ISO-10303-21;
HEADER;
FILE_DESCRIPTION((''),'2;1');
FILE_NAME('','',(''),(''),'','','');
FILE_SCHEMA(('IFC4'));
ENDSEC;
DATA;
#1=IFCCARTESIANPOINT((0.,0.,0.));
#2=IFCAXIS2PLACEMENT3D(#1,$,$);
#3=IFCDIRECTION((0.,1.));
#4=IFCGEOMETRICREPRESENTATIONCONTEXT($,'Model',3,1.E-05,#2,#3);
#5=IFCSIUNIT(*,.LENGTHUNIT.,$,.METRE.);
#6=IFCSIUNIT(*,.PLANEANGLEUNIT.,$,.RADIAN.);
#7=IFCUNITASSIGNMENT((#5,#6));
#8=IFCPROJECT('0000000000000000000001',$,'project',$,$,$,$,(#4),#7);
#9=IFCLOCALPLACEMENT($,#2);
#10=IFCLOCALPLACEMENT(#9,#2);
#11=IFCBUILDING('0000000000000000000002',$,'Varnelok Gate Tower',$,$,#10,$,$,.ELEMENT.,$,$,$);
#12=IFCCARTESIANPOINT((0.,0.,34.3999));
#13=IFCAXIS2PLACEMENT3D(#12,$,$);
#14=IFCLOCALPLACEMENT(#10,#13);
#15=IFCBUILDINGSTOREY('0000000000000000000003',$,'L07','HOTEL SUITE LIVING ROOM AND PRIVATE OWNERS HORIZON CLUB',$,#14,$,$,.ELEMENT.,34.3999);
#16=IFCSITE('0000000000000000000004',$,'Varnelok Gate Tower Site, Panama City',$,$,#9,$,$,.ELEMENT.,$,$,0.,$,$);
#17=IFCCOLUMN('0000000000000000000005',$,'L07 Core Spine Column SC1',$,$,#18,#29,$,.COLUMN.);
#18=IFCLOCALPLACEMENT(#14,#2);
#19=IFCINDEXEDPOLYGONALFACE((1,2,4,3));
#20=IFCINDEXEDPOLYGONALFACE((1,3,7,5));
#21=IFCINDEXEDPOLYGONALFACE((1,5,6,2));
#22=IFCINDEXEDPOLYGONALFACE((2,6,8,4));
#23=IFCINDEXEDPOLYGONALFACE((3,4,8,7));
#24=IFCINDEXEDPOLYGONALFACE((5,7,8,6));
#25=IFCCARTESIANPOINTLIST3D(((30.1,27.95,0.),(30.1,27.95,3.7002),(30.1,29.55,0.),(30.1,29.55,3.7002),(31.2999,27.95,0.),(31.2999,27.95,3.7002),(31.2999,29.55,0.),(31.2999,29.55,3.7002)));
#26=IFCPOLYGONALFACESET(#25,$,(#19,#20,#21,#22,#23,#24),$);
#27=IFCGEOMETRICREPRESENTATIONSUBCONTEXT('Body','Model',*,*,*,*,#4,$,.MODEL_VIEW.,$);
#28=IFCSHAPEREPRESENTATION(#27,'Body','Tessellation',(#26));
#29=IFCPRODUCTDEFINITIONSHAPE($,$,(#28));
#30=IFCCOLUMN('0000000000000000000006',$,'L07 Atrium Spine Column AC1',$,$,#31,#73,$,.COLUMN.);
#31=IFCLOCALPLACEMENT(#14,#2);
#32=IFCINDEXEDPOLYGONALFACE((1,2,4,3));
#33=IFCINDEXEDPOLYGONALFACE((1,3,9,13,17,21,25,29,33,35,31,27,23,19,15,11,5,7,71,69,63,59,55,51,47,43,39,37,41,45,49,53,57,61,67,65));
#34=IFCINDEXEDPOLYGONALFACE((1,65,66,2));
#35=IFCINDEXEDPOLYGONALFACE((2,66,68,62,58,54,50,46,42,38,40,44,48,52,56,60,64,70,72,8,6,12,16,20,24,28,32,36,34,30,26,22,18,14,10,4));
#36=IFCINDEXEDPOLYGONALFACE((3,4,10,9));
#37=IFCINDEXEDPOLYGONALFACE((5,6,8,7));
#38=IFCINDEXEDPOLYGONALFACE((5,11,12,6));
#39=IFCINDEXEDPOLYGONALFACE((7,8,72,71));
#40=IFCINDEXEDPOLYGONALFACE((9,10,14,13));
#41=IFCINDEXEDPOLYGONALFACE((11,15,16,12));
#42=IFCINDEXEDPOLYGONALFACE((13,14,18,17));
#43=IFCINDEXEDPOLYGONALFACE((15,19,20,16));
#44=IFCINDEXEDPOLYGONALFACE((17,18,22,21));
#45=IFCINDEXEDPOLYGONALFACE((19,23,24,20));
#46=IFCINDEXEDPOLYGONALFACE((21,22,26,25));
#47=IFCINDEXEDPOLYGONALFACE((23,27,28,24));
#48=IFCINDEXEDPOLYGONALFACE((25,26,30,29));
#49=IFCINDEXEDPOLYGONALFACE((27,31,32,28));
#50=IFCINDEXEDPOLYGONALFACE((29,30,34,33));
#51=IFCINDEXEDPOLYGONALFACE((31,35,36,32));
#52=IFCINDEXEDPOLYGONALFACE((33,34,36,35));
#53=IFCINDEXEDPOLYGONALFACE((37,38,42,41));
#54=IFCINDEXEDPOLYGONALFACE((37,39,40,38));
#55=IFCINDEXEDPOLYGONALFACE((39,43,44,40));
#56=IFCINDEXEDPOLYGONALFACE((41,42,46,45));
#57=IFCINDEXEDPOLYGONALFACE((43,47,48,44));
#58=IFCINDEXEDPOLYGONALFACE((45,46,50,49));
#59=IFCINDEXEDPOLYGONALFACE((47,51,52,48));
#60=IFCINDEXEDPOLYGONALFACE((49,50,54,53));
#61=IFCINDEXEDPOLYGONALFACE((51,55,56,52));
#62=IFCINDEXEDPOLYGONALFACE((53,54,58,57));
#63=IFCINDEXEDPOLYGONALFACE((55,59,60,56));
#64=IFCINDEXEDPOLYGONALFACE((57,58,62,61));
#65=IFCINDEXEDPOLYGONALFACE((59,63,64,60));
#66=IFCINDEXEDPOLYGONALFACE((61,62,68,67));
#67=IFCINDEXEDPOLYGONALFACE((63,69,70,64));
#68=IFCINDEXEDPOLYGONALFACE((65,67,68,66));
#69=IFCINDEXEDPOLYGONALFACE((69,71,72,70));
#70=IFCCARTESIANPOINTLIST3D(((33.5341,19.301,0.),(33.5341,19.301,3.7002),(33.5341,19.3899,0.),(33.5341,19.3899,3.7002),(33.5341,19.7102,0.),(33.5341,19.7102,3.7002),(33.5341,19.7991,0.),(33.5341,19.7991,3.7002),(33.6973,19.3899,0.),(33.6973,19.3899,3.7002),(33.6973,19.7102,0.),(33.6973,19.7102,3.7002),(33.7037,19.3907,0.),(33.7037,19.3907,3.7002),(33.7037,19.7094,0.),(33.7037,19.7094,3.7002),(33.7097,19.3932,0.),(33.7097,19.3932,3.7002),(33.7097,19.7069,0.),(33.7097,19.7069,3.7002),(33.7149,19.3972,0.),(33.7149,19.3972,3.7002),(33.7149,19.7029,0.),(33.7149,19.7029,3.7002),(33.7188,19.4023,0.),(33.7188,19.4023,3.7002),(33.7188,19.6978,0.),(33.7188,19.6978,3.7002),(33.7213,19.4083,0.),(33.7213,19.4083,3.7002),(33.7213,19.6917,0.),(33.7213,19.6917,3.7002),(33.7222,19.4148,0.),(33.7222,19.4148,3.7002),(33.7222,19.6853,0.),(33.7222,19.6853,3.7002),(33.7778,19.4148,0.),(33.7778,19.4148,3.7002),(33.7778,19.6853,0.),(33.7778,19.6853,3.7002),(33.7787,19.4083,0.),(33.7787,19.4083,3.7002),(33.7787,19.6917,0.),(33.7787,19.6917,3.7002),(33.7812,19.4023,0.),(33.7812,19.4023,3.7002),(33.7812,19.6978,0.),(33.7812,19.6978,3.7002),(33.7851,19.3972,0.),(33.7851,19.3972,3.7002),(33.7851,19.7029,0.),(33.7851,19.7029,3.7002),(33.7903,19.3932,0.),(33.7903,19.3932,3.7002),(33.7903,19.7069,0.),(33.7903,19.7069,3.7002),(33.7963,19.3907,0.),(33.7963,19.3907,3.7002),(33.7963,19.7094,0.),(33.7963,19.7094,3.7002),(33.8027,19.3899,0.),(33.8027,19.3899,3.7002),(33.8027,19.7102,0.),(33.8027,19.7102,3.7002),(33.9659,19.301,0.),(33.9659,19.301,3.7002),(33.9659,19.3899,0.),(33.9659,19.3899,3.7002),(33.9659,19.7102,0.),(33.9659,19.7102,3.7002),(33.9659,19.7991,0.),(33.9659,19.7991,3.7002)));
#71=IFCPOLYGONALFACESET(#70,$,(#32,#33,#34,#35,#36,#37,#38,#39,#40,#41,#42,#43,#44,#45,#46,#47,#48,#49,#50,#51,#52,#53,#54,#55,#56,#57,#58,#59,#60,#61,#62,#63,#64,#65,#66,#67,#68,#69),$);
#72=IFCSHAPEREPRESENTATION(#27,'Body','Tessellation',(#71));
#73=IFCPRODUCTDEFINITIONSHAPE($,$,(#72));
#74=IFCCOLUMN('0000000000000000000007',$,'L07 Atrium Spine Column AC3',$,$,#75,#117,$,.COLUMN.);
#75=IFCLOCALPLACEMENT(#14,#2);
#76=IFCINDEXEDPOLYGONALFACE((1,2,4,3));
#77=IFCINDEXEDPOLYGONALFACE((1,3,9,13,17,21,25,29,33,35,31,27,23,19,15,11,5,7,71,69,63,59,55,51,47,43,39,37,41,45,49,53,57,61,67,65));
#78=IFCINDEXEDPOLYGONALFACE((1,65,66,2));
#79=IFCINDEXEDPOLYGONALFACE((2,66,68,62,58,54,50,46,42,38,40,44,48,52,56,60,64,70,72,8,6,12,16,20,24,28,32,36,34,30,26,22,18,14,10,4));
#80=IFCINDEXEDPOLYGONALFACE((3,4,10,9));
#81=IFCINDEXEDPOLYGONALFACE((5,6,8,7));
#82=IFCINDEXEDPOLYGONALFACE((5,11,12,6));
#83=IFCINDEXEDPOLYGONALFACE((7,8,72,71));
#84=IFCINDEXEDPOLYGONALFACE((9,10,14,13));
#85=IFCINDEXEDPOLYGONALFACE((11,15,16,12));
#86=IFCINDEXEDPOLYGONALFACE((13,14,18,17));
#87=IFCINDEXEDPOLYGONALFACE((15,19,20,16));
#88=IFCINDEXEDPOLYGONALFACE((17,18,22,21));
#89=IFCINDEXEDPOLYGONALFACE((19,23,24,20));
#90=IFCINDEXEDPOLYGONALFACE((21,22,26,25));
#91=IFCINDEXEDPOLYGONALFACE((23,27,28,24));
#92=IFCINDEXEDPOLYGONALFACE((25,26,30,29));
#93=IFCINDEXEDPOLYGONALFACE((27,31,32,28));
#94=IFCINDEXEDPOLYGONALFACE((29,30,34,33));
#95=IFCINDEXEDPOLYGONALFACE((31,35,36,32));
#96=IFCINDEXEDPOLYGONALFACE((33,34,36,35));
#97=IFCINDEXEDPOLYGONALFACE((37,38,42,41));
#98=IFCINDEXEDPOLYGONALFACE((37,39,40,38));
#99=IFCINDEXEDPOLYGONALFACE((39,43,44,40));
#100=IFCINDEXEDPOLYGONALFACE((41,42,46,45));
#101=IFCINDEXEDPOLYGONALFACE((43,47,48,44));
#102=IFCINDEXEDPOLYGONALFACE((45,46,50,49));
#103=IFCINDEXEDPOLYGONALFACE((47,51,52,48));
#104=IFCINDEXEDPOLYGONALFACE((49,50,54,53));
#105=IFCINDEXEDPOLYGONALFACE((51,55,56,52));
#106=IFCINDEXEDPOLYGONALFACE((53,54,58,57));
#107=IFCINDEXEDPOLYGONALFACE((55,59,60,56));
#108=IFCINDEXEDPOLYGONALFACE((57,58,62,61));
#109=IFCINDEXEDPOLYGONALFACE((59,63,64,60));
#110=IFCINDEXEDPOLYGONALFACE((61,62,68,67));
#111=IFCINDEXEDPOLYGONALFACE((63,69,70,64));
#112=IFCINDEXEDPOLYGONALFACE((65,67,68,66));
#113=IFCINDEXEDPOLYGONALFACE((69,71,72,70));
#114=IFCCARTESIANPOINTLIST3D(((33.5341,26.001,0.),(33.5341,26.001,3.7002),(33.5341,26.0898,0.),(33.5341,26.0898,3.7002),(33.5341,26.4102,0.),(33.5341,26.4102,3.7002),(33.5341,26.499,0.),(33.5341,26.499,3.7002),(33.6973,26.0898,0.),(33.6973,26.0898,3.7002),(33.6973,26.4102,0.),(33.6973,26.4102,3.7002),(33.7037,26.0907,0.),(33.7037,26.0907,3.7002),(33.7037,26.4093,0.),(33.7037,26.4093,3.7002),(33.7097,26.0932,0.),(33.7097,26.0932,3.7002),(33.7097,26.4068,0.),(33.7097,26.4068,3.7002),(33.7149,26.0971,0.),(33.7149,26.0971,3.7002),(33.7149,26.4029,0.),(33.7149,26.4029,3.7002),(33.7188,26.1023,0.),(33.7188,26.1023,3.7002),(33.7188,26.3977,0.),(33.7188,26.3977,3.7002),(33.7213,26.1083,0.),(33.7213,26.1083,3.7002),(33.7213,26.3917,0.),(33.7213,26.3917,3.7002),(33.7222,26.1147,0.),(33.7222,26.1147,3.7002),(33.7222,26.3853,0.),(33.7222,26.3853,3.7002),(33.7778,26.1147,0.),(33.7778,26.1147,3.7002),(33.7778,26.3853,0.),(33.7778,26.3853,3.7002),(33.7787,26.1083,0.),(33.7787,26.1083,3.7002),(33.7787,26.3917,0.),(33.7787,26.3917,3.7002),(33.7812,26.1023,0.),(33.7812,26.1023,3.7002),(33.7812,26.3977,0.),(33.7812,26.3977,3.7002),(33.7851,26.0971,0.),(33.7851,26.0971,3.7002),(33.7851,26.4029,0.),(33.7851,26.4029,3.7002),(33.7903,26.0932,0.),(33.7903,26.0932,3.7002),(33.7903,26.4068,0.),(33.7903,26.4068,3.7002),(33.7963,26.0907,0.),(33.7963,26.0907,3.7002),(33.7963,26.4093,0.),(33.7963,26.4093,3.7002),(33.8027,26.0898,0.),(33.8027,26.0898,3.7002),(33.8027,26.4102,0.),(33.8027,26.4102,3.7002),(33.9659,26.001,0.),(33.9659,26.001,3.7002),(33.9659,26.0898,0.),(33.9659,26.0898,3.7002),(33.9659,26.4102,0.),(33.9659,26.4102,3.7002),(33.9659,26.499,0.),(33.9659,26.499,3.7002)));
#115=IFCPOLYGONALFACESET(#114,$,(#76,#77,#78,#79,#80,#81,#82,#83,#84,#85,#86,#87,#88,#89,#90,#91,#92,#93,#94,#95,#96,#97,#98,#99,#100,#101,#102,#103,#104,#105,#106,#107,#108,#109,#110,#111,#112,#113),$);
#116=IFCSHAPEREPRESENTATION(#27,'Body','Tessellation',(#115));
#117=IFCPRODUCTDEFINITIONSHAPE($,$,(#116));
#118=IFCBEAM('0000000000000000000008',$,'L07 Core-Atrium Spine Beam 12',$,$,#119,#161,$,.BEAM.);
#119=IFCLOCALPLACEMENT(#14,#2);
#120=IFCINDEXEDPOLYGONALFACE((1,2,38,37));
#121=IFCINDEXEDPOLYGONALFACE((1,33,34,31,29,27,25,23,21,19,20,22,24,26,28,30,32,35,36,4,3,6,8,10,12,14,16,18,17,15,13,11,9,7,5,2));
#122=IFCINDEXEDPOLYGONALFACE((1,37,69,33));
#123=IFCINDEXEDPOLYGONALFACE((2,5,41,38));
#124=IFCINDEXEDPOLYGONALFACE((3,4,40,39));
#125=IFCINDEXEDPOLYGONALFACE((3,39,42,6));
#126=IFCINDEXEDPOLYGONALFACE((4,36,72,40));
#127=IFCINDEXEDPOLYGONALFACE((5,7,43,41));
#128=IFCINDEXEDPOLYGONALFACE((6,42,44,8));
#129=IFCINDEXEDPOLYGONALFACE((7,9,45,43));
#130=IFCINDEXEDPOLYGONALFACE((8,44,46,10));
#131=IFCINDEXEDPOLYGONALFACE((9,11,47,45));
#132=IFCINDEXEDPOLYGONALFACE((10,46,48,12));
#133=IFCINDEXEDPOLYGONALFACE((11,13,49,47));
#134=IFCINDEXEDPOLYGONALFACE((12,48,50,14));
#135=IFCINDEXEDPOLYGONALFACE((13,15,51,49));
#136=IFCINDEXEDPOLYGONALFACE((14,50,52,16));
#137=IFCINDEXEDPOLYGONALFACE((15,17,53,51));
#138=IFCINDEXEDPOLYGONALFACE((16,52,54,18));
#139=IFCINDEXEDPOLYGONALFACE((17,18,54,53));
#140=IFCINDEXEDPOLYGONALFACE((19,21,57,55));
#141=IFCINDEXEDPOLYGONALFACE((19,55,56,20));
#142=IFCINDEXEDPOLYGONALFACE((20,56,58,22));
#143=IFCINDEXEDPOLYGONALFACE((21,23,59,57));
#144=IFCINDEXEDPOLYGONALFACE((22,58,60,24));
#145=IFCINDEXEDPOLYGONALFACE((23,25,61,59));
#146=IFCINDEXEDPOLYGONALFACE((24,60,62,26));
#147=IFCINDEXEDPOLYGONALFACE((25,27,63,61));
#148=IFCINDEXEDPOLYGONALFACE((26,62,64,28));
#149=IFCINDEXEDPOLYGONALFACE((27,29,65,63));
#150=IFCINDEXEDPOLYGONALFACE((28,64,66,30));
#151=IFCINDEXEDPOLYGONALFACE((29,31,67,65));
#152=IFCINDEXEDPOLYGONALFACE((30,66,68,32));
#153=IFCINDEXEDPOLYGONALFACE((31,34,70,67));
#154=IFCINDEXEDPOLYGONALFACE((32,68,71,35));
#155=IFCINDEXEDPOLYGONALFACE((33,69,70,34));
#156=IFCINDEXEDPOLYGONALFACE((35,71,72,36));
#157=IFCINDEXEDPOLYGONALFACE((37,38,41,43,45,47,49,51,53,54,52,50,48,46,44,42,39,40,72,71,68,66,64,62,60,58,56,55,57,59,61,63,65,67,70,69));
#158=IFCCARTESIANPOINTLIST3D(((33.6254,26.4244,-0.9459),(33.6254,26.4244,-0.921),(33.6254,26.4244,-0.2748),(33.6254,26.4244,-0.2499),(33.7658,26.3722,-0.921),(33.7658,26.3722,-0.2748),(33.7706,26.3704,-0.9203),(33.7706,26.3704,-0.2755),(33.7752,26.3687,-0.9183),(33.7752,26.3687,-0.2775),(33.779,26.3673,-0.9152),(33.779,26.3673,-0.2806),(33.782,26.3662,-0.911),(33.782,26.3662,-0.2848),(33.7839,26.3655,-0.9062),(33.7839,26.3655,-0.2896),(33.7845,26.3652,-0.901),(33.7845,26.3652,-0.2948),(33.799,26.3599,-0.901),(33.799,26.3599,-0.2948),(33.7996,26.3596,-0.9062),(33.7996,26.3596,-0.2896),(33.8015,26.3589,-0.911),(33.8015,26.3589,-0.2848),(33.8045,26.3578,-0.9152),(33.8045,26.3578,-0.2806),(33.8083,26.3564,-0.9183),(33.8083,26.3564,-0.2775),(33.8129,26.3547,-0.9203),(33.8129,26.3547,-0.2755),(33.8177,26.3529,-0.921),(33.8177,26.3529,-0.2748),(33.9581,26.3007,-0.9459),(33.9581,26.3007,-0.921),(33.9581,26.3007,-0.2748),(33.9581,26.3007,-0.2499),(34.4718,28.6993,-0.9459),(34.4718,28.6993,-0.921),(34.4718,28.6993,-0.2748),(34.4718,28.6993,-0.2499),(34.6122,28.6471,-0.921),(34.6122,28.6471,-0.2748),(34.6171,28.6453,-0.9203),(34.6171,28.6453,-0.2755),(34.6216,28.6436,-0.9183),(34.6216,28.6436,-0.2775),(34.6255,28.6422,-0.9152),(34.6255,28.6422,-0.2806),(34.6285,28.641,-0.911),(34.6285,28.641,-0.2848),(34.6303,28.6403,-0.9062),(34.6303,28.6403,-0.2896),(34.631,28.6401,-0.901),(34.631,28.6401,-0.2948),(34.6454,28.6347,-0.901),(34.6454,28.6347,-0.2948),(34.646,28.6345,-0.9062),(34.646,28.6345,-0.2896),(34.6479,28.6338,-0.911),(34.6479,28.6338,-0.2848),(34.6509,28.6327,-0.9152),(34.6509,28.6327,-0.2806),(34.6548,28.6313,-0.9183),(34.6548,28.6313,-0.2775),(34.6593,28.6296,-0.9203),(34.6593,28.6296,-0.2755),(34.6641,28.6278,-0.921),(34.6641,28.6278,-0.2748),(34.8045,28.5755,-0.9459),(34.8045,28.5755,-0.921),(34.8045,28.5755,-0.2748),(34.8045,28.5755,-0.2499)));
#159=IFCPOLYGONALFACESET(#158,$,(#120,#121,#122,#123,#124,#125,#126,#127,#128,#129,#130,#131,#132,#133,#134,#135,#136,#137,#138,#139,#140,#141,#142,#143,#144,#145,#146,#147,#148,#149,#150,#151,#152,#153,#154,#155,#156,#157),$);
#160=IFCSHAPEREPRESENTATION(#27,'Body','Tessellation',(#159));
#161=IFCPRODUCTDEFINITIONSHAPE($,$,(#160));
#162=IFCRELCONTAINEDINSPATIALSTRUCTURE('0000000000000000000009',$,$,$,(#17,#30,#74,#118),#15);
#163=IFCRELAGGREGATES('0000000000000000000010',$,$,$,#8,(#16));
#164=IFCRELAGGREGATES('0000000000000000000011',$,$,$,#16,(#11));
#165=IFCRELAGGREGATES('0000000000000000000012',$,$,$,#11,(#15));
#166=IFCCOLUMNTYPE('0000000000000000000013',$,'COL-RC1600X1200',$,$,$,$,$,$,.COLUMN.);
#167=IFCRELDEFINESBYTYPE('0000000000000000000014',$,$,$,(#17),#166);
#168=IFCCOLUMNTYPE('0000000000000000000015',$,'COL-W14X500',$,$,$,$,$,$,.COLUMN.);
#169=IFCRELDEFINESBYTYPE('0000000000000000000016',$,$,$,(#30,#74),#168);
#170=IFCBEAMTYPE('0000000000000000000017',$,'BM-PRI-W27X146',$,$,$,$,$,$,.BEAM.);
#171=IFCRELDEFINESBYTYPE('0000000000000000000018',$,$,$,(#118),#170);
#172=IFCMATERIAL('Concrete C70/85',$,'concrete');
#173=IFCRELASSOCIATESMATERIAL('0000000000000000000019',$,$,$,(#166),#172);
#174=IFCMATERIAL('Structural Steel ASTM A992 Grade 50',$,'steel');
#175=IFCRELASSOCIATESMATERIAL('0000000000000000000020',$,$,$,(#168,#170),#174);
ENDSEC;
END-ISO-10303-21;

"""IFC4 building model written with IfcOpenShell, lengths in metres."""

from ifc_helpers import new_model, si_unit, direction, frame, origin, origin_2d, place, context, subcontext, project, spatial, rectangle, i_section, extrude, material, material_profile, profile_set, type_object, element, save


model = new_model("IFC4")

# Units and contexts
model_context = context("Model", 3, precision=1e-05, world=origin(), true_north=direction((0.0, 1.0)))
body_context = subcontext(model_context, "Body", "Model", "MODEL_VIEW")
ifc_project = project(units=[si_unit("LENGTHUNIT", "METRE"), si_unit("PLANEANGLEUNIT", "RADIAN")], contexts=[model_context])

# Site, building, storey
site_placement = place(None, origin())
site = spatial("IfcSite", under=ifc_project, at=site_placement, Name="Varnelok Gate Tower Site, Panama City", CompositionType="ELEMENT", RefElevation=0.0)
building_placement = place(site_placement, origin())
building = spatial("IfcBuilding", under=site, at=building_placement, Name="Varnelok Gate Tower", CompositionType="ELEMENT")
storey_placement = place(building_placement, frame((0.0, 0.0, 34.3999)))
storey = spatial("IfcBuildingStorey", under=building, at=storey_placement, Name="L07", Description="HOTEL SUITE LIVING ROOM AND PRIVATE OWNERS HORIZON CLUB", CompositionType="ELEMENT", Elevation=34.3999)

# Columns
ifc_material_1 = material(Name="Concrete C70/85", Category="concrete")
ifc_material_profile_1 = material_profile(ifc_material_1, rectangle(XDim=1.2, YDim=1.6001, at=origin_2d()), Name="RC1600X1200")
ifc_profile_set_1 = profile_set([ifc_material_profile_1], Name="Concrete C70/85")
column_type_1 = type_object("IfcColumnType", Name="COL-RC1600X1200", PredefinedType="COLUMN", material=ifc_profile_set_1)
column_placement = place(storey_placement, frame((30.7, 28.75, 0.0), z_axis=(0.0, 0.0, 1.0), x_axis=(1.0, 0.0, 0.0)))
element("IfcColumn", 1, at=column_placement, inside=storey, type_object=column_type_1, Name="L07 Core Spine Column SC1", PredefinedType="COLUMN", context=body_context, shape_type="SweptSolid", body=[
    extrude(rectangle(XDim=1.2, YDim=1.6001, at=origin_2d()), origin(), (0.0, 0.0, 1.0), 3.7002),
])
ifc_material_2 = material(Name="Structural Steel ASTM A992 Grade 50", Category="steel")
ifc_material_profile_2 = material_profile(ifc_material_2, i_section(OverallWidth=0.4319, OverallDepth=0.498, WebThickness=0.0557, FlangeThickness=0.0889, FilletRadius=0.0249, at=origin_2d()), Name="W14X500")
ifc_profile_set_2 = profile_set([ifc_material_profile_2], Name="Structural Steel ASTM A992 Grade 50")
column_type_2 = type_object("IfcColumnType", Name="COL-W14X500", PredefinedType="COLUMN", material=ifc_profile_set_2)
for number, where, z_axis, x_axis, name in (
    (2, (33.75, 19.55, 0.0), (0.0, 0.0, 1.0), (1.0, 0.0, 0.0), "L07 Atrium Spine Column AC1"),
    (3, (33.75, 26.25, 0.0), (0.0, 0.0, 1.0), (1.0, 0.0, 0.0), "L07 Atrium Spine Column AC3"),
):
    element("IfcColumn", number, at=place(storey_placement, frame(where, z_axis=z_axis, x_axis=x_axis)), inside=storey, type_object=column_type_2, Name=name, PredefinedType="COLUMN", context=body_context, shape_type="SweptSolid", body=[
        extrude(i_section(OverallWidth=0.4319, OverallDepth=0.498, WebThickness=0.0557, FlangeThickness=0.0889, FilletRadius=0.0249, at=origin_2d()), origin(), (0.0, 0.0, 1.0), 3.7002),
    ])

# Beam
ifc_material_profile_3 = material_profile(ifc_material_2, i_section(OverallWidth=0.355, OverallDepth=0.696, WebThickness=0.0154, FlangeThickness=0.0249, FilletRadius=0.02, at=origin_2d()), Name="W27X146")
ifc_profile_set_3 = profile_set([ifc_material_profile_3], Name="Structural Steel ASTM A992 Grade 50")
beam_type_1 = type_object("IfcBeamType", Name="BM-PRI-W27X146", PredefinedType="BEAM", material=ifc_profile_set_3)
beam_1_placement = place(storey_placement, frame((33.7917, 26.3625, -0.5979), z_axis=(0.348719, 0.937227, 0.0), x_axis=(-0.937227, 0.348719, 0.0)))
element("IfcBeam", 4, at=beam_1_placement, inside=storey, type_object=beam_type_1, Name="L07 Core-Atrium Spine Beam 12", PredefinedType="BEAM", context=body_context, shape_type="SweptSolid", body=[
    extrude(i_section(OverallWidth=0.355, OverallDepth=0.696, WebThickness=0.0154, FlangeThickness=0.0249, FilletRadius=0.02, at=origin_2d()), origin(), (0.0, 0.0, 1.0), 2.4272),
])

save(model, "model.ifc")
